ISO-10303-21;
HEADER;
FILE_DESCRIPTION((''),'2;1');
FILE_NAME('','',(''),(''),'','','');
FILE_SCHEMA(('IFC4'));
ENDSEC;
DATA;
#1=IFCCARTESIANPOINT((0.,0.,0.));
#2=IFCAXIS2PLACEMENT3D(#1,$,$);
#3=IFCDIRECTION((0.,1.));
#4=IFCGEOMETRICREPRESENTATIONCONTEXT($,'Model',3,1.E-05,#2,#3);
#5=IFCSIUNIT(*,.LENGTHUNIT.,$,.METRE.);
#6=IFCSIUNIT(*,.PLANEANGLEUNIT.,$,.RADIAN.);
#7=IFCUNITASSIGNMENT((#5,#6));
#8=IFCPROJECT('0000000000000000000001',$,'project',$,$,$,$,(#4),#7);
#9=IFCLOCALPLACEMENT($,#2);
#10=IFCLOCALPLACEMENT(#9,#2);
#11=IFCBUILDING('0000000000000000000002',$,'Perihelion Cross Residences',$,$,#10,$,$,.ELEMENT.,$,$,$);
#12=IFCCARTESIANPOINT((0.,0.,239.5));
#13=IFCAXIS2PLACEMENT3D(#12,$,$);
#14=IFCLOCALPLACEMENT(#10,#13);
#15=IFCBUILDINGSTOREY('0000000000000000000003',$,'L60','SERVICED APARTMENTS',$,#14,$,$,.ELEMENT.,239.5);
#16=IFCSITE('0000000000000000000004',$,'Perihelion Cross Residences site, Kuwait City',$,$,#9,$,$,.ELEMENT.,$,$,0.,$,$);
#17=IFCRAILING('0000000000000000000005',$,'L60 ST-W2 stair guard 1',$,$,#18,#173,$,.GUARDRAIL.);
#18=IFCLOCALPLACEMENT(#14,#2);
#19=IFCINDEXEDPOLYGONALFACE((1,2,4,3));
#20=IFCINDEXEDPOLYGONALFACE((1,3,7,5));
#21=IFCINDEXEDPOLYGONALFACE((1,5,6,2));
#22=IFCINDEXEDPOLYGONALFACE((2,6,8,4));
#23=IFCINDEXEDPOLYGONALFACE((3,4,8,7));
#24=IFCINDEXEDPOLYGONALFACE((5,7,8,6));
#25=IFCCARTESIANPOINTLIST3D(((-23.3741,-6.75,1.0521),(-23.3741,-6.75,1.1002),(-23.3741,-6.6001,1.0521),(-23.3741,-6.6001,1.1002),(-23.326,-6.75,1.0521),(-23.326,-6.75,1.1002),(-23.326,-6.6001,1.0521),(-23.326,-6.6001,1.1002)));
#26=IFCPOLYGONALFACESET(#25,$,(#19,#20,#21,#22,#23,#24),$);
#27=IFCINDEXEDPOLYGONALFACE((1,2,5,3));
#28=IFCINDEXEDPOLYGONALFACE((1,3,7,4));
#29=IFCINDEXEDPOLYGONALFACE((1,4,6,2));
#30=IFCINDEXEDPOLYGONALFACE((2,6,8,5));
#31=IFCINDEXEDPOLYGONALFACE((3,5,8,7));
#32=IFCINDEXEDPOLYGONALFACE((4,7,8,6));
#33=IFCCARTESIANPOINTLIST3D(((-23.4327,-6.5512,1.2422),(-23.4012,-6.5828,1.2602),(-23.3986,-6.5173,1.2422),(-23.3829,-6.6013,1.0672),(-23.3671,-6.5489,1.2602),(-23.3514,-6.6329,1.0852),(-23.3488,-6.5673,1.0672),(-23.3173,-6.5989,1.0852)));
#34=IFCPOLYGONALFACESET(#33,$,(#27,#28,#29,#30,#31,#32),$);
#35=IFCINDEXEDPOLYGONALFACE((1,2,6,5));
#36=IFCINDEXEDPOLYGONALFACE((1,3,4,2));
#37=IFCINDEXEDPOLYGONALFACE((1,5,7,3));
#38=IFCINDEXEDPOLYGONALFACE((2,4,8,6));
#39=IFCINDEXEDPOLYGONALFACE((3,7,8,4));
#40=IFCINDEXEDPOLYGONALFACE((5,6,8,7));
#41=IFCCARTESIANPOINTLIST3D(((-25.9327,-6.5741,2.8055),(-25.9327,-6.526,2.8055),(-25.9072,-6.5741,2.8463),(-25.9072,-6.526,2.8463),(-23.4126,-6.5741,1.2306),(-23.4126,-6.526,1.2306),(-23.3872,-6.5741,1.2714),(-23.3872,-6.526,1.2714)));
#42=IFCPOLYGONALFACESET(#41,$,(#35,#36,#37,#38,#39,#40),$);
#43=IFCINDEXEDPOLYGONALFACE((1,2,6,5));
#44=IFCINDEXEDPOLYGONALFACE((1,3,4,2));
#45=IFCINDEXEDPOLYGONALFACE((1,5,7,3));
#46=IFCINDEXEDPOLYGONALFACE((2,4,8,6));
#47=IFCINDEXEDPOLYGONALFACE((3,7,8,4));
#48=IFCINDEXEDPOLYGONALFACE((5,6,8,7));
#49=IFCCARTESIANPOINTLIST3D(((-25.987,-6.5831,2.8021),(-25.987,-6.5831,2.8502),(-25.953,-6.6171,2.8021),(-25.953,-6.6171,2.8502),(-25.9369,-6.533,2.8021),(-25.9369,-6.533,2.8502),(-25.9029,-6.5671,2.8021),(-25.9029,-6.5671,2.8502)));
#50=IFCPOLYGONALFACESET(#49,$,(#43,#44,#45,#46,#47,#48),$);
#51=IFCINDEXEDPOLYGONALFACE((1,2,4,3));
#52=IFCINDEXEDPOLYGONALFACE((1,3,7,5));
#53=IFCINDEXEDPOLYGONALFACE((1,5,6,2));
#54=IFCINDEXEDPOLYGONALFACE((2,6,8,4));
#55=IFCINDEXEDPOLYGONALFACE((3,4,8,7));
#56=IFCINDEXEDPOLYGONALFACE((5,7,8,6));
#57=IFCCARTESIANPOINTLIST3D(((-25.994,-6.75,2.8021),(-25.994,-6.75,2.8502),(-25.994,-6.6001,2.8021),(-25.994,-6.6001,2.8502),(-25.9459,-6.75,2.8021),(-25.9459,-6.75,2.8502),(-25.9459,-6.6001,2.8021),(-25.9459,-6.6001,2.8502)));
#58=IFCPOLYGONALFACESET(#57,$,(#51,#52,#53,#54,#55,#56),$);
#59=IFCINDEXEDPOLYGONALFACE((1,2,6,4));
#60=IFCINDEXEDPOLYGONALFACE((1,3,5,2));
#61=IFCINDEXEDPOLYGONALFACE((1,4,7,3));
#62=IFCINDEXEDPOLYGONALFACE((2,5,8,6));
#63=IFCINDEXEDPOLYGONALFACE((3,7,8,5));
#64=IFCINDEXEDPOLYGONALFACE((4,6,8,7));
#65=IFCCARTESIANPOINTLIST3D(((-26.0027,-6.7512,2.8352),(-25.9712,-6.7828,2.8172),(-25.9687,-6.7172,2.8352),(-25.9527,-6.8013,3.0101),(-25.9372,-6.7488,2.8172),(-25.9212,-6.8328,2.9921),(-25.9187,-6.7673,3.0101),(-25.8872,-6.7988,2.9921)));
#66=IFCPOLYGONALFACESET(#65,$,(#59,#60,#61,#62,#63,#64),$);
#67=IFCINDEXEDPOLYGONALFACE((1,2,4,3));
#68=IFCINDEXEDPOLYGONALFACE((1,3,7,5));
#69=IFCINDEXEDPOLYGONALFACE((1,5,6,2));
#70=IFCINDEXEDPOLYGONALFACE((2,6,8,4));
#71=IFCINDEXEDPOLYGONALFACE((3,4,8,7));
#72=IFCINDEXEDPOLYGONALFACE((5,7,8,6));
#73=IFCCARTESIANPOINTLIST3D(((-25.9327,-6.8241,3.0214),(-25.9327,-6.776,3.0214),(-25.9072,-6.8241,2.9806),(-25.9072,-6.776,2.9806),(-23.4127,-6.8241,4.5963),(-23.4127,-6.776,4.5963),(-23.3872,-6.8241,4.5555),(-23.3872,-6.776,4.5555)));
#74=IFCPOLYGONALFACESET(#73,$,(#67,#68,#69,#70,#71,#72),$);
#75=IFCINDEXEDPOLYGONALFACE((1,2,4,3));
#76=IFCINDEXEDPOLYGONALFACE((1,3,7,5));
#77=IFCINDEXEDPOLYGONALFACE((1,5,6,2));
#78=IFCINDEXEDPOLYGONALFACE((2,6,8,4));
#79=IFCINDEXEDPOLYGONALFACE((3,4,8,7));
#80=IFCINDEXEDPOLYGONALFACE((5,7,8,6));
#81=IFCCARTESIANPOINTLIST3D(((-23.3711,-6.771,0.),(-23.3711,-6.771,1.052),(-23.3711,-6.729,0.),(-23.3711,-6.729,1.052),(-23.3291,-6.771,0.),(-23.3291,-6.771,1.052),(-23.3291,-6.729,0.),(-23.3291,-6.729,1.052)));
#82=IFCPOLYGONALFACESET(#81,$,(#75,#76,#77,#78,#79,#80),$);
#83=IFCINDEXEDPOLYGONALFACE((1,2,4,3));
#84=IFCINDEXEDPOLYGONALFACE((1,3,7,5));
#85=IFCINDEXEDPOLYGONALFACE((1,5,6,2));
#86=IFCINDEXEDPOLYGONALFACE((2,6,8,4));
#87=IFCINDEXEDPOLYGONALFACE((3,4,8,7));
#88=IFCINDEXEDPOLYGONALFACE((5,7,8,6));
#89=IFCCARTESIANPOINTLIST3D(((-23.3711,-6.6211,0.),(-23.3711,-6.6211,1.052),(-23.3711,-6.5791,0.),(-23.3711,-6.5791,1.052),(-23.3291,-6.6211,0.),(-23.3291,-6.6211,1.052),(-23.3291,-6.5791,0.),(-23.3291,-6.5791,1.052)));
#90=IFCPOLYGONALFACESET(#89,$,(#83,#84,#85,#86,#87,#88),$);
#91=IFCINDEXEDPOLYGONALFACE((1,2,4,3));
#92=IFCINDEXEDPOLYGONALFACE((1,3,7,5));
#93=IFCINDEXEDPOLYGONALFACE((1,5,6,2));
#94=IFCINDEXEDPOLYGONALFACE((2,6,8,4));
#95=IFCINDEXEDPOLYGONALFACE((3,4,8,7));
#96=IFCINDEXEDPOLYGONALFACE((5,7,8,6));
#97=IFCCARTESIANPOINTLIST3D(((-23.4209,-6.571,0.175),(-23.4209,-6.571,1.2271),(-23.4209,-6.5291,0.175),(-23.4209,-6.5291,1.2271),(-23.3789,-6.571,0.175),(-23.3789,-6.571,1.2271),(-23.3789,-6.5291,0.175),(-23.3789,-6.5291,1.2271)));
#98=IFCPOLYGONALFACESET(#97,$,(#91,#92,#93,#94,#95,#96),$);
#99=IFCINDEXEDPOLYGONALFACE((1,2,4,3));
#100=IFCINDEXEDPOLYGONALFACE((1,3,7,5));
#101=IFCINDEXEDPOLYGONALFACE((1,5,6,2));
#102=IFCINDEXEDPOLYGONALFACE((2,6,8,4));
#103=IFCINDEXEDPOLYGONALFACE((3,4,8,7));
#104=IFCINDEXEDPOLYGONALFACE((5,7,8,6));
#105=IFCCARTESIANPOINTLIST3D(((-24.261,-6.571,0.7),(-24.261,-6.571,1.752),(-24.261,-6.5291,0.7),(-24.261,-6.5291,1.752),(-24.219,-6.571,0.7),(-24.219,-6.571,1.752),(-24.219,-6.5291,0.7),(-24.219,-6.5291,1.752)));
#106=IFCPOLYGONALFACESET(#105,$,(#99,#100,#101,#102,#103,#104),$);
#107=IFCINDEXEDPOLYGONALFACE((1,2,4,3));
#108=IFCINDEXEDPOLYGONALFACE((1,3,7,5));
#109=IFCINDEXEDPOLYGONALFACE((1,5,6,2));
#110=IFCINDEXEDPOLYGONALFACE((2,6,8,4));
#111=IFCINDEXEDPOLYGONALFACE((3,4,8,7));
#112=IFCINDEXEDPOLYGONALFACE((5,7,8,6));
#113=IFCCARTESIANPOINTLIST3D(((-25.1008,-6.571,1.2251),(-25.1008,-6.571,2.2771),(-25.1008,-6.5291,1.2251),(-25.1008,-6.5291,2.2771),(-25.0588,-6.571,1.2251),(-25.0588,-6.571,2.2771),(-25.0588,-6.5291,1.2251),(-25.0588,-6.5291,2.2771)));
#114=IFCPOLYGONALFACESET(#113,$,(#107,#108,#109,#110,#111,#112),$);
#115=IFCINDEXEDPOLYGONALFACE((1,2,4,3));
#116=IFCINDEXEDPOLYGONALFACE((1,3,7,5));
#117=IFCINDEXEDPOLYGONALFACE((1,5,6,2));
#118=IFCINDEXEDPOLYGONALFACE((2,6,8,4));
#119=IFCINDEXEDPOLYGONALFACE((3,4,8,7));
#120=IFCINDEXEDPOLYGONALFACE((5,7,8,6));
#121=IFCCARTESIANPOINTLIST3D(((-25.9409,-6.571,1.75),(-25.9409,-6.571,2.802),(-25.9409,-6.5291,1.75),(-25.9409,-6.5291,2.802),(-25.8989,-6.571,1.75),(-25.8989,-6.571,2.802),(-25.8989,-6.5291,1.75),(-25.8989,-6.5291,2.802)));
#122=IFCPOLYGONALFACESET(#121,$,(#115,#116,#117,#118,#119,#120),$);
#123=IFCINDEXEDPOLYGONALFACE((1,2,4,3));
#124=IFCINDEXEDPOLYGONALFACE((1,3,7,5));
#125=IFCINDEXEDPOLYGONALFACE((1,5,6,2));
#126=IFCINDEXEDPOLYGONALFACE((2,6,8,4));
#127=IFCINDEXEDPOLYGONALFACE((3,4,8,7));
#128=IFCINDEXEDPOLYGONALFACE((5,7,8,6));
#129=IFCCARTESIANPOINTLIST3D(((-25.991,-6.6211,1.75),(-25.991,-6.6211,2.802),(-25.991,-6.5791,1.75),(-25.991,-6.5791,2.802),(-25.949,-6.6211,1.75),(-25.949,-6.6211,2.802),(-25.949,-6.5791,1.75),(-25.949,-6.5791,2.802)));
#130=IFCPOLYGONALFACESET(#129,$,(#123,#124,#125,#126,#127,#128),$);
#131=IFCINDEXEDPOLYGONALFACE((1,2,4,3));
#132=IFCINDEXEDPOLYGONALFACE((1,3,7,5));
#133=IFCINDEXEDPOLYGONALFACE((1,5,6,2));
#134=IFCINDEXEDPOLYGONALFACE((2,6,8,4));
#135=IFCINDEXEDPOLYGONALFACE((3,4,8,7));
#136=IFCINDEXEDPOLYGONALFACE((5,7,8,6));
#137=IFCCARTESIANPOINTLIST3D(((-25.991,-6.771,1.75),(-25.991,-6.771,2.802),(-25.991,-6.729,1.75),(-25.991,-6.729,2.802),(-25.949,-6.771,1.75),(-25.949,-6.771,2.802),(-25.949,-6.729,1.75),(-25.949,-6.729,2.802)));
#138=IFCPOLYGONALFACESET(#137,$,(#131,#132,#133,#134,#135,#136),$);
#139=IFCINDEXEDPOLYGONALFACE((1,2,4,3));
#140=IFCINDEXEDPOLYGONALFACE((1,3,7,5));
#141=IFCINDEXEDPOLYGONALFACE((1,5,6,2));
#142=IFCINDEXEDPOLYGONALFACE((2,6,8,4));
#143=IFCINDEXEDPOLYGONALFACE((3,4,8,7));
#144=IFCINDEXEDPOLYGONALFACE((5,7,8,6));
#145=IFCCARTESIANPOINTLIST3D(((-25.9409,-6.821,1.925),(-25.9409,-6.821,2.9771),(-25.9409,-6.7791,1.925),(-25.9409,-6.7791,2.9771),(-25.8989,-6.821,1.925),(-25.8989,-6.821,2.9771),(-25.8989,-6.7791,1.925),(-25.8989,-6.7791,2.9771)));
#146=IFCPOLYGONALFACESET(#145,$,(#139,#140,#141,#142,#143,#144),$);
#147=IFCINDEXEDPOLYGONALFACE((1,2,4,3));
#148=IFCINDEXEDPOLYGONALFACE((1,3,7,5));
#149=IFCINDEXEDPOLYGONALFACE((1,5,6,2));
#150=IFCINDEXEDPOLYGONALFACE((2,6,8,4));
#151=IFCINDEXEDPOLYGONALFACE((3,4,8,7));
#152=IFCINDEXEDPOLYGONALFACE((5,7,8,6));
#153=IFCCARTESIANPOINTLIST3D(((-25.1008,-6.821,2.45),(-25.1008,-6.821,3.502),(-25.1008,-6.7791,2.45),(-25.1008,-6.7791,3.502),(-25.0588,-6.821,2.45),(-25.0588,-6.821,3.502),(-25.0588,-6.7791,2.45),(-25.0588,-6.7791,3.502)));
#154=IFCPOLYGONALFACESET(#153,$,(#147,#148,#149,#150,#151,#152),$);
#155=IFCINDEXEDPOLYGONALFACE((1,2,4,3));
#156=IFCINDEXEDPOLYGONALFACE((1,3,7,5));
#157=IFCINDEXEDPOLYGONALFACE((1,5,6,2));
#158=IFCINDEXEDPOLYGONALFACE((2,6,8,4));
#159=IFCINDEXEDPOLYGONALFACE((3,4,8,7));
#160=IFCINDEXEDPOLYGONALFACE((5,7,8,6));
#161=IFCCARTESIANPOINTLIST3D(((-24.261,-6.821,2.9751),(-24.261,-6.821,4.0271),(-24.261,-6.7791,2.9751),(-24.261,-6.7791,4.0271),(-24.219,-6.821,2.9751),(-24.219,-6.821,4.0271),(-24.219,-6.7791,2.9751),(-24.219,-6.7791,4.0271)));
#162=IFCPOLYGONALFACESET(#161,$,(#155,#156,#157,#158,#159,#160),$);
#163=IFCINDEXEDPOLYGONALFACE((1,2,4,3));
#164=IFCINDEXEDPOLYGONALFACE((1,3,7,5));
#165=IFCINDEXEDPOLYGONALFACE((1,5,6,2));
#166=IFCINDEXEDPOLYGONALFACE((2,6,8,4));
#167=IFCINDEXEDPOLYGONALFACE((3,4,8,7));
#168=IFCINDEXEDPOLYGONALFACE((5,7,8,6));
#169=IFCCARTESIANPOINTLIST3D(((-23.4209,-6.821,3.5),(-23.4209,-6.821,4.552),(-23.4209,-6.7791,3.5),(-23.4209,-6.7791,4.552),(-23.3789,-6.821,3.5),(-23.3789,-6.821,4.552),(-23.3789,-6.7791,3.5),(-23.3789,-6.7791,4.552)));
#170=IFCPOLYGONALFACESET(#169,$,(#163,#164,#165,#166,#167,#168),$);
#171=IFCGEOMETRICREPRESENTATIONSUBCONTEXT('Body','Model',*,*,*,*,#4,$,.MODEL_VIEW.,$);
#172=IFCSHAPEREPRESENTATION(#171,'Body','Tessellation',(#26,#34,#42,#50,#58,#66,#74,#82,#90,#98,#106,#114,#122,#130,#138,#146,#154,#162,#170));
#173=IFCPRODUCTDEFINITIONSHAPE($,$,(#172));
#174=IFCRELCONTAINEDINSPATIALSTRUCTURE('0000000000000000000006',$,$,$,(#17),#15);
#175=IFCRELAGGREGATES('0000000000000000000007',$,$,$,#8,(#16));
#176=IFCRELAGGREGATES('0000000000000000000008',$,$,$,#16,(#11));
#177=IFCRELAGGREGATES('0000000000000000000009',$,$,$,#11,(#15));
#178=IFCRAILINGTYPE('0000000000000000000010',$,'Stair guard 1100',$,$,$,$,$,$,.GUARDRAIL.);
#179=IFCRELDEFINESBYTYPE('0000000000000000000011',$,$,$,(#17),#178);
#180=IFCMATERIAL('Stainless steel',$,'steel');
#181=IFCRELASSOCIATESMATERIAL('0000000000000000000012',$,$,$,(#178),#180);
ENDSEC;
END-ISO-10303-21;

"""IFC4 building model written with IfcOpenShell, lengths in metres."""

from ifc_helpers import new_model, si_unit, direction, frame, origin, origin_2d, place, context, subcontext, project, spatial, rectangle, extrude, material, type_object, element, save


model = new_model("IFC4")

# Units and contexts
model_context = context("Model", 3, precision=1e-05, world=origin(), true_north=direction((0.0, 1.0)))
body_context = subcontext(model_context, "Body", "Model", "MODEL_VIEW")
ifc_project = project(units=[si_unit("LENGTHUNIT", "METRE"), si_unit("PLANEANGLEUNIT", "RADIAN")], contexts=[model_context])

# Site, building, storey
site_placement = place(None, origin())
site = spatial("IfcSite", under=ifc_project, at=site_placement, Name="Perihelion Cross Residences site, Kuwait City", CompositionType="ELEMENT", RefElevation=0.0)
building_placement = place(site_placement, origin())
building = spatial("IfcBuilding", under=site, at=building_placement, Name="Perihelion Cross Residences", CompositionType="ELEMENT")
storey_placement = place(building_placement, frame((0.0, 0.0, 239.5)))
storey = spatial("IfcBuildingStorey", under=building, at=storey_placement, Name="L60", Description="SERVICED APARTMENTS", CompositionType="ELEMENT", Elevation=239.5)

# Railing
ifc_material_1 = material(Name="Stainless steel", Category="steel")
railing_type_1 = type_object("IfcRailingType", Name="Stair guard 1100", PredefinedType="GUARDRAIL", material=ifc_material_1)
railing_1_placement = place(storey_placement, frame((-23.3501, -6.75, 0.0)))
element("IfcRailing", 1, at=railing_1_placement, inside=storey, type_object=railing_type_1, Name="L60 ST-W2 stair guard 1", PredefinedType="GUARDRAIL", context=body_context, shape_type="SweptSolid", body=[
    extrude(rectangle(XDim=0.0481, YDim=0.0481, at=origin_2d()), frame((0.0, 0.0, 1.0762), z_axis=(0.0, 1.0, 0.0), x_axis=(-1.0, 0.0, 0.0)), (0.0, 0.0, 1.0), 0.1499),
    extrude(rectangle(XDim=0.0481, YDim=0.0481, at=origin_2d()), frame((0.0, 0.1499, 1.0762), z_axis=(-0.263862, 0.265156, 0.927399), x_axis=(-0.708834, -0.705376, 0.0)), (0.0, 0.0, 1.0), 0.1887),
    extrude(rectangle(XDim=0.0481, YDim=0.0481, at=origin_2d()), frame((-0.0498, 0.2, 1.251), z_axis=(-0.848008, 0.0, 0.529984), x_axis=(0.0, -1.0, 0.0)), (0.0, 0.0, 1.0), 2.9717),
    extrude(rectangle(XDim=0.0481, YDim=0.0481, at=origin_2d()), frame((-2.5698, 0.2, 2.8262), z_axis=(-0.707107, -0.707107, 0.0), x_axis=(0.707107, -0.707107, 0.0)), (0.0, 0.0, 1.0), 0.0708),
    extrude(rectangle(XDim=0.0481, YDim=0.0481, at=origin_2d()), frame((-2.6199, 0.1499, 2.8262), z_axis=(0.0, -1.0, 0.0), x_axis=(1.0, 0.0, 0.0)), (0.0, 0.0, 1.0), 0.1499),
    extrude(rectangle(XDim=0.0481, YDim=0.0481, at=origin_2d()), frame((-2.6199, 0.0, 2.8262), z_axis=(0.265065, -0.265065, 0.927082), x_axis=(0.707107, 0.707107, 0.0)), (0.0, 0.0, 1.0), 0.1887),
    extrude(rectangle(XDim=0.0481, YDim=0.0481, at=origin_2d()), frame((-2.5698, -0.05, 3.001), z_axis=(0.848008, 0.0, 0.529984), x_axis=(0.0, 1.0, 0.0)), (0.0, 0.0, 1.0), 2.9717),
    extrude(rectangle(XDim=0.042, YDim=0.042, at=origin_2d()), origin(), (0.0, 0.0, 1.0), 1.052),
    extrude(rectangle(XDim=0.042, YDim=0.042, at=origin_2d()), frame((0.0, 0.1499, 0.0)), (0.0, 0.0, 1.0), 1.052),
    extrude(rectangle(XDim=0.042, YDim=0.042, at=origin_2d()), frame((-0.0498, 0.2, 0.175)), (0.0, 0.0, 1.0), 1.052),
    extrude(rectangle(XDim=0.042, YDim=0.042, at=origin_2d()), frame((-0.8899, 0.2, 0.7)), (0.0, 0.0, 1.0), 1.052),
    extrude(rectangle(XDim=0.042, YDim=0.042, at=origin_2d()), frame((-1.7297, 0.2, 1.2251)), (0.0, 0.0, 1.0), 1.052),
    extrude(rectangle(XDim=0.042, YDim=0.042, at=origin_2d()), frame((-2.5698, 0.2, 1.75)), (0.0, 0.0, 1.0), 1.052),
    extrude(rectangle(XDim=0.042, YDim=0.042, at=origin_2d()), frame((-2.6199, 0.1499, 1.75)), (0.0, 0.0, 1.0), 1.052),
    extrude(rectangle(XDim=0.042, YDim=0.042, at=origin_2d()), frame((-2.6199, 0.0, 1.75)), (0.0, 0.0, 1.0), 1.052),
    extrude(rectangle(XDim=0.042, YDim=0.042, at=origin_2d()), frame((-2.5698, -0.05, 1.925)), (0.0, 0.0, 1.0), 1.052),
    extrude(rectangle(XDim=0.042, YDim=0.042, at=origin_2d()), frame((-1.7297, -0.05, 2.45)), (0.0, 0.0, 1.0), 1.052),
    extrude(rectangle(XDim=0.042, YDim=0.042, at=origin_2d()), frame((-0.8899, -0.05, 2.9751)), (0.0, 0.0, 1.0), 1.052),
    extrude(rectangle(XDim=0.042, YDim=0.042, at=origin_2d()), frame((-0.0498, -0.05, 3.5)), (0.0, 0.0, 1.0), 1.052),
])

save(model, "model.ifc")
